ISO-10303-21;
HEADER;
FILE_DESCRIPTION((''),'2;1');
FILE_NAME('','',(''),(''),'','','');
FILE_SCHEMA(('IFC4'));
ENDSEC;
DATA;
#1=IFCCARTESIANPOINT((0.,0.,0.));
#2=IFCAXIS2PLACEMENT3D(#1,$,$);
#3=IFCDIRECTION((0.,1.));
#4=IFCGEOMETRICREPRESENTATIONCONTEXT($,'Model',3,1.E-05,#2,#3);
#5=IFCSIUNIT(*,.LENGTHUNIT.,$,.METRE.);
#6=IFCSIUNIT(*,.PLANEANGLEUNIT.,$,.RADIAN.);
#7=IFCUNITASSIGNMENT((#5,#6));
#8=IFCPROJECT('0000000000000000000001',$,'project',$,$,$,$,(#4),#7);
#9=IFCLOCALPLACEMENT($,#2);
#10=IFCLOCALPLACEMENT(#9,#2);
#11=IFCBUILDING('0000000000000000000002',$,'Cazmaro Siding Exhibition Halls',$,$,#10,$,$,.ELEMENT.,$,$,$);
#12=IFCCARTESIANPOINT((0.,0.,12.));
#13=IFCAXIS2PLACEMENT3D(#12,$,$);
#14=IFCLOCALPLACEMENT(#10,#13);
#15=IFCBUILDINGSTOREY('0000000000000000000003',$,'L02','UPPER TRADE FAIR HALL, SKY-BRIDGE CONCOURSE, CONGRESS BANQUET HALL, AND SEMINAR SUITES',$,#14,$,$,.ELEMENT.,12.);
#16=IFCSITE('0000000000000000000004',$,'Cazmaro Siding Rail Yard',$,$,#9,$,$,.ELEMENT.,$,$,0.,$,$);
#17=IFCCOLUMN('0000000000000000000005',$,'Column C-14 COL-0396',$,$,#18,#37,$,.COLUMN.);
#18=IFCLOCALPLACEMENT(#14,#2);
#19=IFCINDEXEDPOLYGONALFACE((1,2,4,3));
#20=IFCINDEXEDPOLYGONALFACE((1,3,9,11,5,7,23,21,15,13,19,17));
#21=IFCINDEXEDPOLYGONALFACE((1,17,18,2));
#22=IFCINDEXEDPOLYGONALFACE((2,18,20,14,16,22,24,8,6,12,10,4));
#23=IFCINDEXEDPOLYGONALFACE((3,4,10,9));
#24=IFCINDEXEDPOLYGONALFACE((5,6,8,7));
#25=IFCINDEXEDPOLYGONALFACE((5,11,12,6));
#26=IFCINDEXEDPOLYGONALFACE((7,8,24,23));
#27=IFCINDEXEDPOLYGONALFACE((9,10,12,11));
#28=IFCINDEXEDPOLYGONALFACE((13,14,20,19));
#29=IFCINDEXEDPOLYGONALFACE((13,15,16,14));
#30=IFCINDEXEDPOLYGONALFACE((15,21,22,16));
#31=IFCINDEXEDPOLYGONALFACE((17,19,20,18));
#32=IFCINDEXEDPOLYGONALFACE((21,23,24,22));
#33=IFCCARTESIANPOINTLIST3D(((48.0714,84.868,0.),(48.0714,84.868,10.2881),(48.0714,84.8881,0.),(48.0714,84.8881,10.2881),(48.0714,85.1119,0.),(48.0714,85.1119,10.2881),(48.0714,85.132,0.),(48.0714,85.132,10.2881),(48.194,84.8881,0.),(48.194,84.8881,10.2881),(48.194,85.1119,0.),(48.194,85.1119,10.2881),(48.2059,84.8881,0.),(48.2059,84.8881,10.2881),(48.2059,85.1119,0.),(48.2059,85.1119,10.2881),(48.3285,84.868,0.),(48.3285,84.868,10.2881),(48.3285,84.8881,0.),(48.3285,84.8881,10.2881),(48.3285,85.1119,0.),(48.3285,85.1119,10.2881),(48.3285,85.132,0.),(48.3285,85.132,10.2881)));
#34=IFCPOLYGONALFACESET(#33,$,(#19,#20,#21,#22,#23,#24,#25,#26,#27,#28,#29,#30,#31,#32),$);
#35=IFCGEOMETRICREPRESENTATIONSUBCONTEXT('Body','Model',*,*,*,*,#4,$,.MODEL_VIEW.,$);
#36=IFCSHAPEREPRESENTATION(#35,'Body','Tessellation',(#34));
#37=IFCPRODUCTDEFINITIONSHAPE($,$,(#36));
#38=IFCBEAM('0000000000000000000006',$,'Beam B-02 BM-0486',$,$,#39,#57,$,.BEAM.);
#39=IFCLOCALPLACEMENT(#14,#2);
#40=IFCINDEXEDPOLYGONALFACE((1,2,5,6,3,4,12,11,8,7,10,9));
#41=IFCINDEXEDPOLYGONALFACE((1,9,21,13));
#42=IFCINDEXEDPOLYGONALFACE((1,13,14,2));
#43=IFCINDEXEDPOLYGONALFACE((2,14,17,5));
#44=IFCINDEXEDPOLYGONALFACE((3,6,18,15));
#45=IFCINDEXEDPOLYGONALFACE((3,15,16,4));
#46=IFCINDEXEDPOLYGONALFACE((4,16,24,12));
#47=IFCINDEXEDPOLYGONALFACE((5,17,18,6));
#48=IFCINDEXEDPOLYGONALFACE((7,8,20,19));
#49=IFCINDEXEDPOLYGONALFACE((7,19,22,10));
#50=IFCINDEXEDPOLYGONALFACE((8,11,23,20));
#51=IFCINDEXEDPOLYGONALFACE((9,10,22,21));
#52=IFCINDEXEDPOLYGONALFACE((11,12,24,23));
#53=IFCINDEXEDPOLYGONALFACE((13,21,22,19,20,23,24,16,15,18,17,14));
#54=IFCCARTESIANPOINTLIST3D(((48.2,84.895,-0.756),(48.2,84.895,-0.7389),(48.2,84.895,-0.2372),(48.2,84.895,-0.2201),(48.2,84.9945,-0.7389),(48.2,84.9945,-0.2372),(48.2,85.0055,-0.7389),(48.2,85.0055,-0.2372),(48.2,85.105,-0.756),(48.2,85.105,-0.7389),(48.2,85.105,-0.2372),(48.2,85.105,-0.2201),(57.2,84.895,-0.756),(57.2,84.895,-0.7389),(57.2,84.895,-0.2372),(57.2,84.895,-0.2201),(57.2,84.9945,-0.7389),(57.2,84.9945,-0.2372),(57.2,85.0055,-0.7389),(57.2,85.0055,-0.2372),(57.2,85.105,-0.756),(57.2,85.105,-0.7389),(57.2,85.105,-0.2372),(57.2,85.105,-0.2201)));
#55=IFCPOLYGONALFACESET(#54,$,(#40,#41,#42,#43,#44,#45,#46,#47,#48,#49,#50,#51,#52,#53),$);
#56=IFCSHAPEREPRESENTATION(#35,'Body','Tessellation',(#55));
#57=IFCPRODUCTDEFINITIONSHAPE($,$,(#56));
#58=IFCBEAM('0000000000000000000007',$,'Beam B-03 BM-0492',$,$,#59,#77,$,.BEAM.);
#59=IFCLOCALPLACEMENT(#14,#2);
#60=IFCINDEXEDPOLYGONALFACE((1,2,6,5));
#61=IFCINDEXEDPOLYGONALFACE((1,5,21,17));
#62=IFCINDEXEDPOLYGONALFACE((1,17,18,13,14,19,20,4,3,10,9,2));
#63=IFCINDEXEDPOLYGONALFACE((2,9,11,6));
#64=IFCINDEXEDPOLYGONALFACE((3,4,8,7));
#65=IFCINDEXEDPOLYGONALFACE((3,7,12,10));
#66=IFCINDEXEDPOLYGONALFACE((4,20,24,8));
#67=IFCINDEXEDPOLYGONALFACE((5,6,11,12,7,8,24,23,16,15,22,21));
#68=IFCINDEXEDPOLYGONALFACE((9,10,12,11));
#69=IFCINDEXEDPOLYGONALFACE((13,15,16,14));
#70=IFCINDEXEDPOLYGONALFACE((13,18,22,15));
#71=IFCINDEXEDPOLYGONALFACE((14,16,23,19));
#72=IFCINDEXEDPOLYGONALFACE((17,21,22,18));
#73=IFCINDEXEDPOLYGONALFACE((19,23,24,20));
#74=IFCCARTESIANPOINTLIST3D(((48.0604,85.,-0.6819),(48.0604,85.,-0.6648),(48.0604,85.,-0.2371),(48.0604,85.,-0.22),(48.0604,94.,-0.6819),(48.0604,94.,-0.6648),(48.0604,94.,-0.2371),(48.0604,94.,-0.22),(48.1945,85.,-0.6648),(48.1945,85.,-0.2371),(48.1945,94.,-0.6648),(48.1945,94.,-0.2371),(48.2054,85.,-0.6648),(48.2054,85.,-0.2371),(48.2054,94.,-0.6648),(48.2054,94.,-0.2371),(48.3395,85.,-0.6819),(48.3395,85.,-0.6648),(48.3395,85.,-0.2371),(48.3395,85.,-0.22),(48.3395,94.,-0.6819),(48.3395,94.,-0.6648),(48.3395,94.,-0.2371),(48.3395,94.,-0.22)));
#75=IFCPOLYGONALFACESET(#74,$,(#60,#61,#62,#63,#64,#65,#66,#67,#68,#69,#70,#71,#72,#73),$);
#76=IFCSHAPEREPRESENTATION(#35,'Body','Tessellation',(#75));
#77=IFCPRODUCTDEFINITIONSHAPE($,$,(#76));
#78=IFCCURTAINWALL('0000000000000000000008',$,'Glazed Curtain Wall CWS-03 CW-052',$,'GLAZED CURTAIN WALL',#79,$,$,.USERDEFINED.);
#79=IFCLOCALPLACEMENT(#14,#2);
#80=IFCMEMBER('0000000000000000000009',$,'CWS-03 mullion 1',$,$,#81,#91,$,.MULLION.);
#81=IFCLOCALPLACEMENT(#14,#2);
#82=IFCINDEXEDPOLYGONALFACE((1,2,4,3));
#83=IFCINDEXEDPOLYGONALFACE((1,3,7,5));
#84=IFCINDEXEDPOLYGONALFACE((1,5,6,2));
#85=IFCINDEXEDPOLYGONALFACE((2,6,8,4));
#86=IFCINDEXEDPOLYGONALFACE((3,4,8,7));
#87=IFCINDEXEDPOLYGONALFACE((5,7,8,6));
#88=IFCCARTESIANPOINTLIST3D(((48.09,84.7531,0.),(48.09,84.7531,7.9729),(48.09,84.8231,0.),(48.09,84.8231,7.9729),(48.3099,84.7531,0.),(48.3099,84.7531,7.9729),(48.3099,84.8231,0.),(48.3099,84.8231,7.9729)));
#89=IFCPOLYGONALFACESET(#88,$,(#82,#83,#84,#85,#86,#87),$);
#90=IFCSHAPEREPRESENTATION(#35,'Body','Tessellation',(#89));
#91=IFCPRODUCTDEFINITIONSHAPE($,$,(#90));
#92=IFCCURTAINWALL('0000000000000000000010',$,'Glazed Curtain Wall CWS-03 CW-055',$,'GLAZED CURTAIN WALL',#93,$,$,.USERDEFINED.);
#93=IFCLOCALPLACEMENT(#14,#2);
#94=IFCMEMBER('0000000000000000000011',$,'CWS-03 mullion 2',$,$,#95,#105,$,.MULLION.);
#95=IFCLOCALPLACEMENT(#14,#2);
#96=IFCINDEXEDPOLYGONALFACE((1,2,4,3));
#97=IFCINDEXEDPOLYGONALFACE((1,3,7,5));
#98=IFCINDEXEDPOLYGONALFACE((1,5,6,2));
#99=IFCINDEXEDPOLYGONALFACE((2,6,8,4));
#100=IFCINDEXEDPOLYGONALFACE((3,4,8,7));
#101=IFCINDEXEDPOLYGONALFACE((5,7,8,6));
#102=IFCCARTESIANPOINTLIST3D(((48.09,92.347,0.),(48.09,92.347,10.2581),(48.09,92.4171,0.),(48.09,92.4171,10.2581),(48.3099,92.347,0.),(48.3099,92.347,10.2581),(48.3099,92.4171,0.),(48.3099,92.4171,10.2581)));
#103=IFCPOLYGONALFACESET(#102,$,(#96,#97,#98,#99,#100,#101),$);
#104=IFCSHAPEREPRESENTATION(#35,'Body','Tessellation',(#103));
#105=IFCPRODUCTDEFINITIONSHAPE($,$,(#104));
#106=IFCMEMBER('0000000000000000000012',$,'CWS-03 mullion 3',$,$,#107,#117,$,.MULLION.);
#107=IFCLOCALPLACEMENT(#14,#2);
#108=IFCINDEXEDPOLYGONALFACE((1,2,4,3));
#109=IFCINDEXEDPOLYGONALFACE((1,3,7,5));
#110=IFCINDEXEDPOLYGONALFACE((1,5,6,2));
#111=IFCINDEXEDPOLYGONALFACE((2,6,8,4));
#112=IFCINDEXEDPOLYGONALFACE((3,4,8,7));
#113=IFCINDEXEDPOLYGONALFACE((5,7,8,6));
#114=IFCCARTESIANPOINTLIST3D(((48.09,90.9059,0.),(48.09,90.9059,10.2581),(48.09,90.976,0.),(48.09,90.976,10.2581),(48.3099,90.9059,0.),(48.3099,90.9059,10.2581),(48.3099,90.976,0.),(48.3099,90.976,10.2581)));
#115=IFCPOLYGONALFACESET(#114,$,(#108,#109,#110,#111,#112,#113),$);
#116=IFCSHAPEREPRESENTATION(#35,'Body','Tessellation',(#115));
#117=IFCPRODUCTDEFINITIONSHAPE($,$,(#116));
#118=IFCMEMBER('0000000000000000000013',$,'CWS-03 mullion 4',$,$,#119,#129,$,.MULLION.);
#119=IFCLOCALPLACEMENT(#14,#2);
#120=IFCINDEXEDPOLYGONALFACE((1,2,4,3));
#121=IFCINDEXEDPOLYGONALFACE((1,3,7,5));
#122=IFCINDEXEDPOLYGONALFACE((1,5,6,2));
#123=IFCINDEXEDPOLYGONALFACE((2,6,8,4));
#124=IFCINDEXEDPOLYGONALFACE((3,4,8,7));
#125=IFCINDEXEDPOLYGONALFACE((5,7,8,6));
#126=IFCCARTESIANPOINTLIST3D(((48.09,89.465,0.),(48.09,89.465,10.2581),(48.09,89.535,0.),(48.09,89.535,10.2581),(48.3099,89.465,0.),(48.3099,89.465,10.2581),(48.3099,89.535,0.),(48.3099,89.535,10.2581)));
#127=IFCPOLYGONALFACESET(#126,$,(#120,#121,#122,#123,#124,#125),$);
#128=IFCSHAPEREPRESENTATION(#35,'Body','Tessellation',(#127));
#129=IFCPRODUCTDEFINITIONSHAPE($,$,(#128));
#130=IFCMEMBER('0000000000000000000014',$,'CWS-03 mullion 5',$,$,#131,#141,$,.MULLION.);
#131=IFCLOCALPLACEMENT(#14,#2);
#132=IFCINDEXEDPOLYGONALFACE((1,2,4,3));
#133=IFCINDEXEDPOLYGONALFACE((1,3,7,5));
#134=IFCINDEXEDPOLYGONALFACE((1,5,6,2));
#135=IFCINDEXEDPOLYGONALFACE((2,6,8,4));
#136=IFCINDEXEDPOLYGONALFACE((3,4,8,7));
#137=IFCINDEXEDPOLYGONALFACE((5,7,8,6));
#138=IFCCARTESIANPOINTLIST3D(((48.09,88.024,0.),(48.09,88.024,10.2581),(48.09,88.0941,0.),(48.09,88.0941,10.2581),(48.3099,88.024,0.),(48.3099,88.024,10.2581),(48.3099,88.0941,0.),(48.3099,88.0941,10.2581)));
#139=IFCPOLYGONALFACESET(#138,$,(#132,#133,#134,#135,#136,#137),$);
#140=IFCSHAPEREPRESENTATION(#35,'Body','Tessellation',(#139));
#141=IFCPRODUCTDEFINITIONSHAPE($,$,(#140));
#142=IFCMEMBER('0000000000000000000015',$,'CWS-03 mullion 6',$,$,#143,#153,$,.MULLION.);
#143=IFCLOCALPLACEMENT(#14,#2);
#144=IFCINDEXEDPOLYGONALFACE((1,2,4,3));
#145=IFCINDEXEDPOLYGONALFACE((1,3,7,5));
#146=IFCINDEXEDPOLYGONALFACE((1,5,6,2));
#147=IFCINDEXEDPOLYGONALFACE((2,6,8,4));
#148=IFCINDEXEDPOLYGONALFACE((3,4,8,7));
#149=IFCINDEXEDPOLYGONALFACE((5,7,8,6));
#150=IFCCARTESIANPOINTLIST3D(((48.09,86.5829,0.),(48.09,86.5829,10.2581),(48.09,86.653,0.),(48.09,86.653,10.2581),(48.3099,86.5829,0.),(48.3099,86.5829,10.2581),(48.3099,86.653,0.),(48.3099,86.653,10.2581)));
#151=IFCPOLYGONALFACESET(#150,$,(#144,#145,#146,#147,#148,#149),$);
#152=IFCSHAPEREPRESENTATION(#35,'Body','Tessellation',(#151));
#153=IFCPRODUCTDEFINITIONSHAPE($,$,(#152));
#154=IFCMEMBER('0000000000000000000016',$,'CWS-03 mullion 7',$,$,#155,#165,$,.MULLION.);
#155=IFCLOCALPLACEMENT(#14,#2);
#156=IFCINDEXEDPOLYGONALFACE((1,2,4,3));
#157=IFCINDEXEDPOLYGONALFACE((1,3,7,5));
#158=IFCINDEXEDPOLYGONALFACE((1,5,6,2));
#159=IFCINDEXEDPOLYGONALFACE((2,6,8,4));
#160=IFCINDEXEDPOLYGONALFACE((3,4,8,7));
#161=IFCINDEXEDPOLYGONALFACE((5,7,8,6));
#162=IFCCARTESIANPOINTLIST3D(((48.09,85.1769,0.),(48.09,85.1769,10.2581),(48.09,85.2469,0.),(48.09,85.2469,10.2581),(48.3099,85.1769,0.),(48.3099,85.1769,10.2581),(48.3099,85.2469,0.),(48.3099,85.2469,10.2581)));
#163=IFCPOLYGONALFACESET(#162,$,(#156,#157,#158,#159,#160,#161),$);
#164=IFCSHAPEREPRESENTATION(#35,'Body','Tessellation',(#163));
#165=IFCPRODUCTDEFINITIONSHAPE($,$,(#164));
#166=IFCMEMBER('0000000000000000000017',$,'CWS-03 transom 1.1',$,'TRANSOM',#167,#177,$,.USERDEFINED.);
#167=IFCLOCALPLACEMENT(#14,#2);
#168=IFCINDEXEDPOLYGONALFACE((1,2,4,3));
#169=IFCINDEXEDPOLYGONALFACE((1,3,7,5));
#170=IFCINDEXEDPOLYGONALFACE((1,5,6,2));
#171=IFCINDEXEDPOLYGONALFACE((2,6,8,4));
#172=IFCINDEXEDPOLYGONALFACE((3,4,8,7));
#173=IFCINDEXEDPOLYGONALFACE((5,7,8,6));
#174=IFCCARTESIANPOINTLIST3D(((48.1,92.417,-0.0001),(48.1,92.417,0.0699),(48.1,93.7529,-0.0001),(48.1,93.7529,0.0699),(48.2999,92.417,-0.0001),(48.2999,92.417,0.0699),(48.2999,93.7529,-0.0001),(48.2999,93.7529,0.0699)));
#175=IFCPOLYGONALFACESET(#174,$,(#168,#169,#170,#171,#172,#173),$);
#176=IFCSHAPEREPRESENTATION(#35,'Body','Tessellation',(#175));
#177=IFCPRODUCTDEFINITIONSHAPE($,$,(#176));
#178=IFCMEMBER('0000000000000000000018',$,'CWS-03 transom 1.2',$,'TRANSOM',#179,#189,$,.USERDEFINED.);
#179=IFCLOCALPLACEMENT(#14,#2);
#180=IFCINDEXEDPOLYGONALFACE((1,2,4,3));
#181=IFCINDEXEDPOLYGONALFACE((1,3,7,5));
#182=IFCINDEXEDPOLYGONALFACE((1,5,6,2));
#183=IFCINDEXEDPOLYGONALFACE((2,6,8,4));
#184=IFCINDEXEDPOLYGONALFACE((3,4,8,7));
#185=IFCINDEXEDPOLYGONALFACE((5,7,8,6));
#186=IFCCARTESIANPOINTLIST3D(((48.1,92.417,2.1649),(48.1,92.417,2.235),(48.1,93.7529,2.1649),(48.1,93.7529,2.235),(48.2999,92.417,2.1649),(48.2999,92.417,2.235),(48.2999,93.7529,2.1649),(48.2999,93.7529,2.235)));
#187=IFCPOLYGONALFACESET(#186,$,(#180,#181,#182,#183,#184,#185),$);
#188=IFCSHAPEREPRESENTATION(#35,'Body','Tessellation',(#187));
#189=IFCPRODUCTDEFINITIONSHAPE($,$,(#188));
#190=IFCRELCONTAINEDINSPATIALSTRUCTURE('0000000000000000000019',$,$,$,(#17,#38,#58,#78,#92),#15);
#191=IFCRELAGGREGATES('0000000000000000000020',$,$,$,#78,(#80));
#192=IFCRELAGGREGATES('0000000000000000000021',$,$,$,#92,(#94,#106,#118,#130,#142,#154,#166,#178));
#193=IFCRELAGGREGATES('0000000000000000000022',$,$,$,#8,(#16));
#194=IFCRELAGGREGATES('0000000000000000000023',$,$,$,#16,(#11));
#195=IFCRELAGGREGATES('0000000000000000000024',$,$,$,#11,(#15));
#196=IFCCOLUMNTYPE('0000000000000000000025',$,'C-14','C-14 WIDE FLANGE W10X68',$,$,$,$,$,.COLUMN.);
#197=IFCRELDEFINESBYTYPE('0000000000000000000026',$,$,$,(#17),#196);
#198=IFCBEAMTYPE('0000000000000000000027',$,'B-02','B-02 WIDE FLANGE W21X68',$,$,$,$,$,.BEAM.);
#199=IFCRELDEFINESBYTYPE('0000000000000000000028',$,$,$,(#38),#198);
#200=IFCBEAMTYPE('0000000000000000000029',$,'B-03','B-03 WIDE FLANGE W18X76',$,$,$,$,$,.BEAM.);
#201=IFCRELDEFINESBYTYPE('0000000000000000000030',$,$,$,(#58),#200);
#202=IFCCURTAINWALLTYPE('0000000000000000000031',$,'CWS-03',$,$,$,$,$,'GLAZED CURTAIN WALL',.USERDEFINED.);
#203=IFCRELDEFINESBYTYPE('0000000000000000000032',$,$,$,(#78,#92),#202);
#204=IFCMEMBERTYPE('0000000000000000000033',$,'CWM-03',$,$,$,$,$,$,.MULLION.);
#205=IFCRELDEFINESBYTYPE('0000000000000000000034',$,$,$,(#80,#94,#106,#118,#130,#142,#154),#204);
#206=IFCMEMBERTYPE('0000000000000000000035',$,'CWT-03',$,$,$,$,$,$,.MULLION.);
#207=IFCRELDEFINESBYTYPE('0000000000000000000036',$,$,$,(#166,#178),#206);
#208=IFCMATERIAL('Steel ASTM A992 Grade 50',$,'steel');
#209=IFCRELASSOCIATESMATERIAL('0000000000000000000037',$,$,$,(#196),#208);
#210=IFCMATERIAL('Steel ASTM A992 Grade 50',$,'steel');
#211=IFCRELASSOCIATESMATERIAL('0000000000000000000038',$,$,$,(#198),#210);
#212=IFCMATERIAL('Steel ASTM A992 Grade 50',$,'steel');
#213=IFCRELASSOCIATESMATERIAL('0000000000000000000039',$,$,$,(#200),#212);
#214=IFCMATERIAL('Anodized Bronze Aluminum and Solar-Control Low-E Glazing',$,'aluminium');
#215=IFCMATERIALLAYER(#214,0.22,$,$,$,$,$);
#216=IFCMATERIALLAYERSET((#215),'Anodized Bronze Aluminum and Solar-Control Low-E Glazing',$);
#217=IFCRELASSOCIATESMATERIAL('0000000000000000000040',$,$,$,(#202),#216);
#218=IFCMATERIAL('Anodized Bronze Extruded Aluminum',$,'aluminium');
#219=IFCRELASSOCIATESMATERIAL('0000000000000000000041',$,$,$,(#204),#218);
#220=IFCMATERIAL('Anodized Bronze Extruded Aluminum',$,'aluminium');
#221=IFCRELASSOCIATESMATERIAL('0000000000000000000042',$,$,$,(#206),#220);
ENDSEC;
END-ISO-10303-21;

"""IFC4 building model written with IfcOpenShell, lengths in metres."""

from ifc_helpers import new_model, si_unit, direction, frame, origin, origin_2d, place, context, subcontext, project, spatial, rectangle, i_section, extrude, material, layer, layer_set, material_profile, profile_set, type_object, element, aggregate, save


model = new_model("IFC4")

# Units and contexts
model_context = context("Model", 3, precision=1e-05, world=origin(), true_north=direction((0.0, 1.0)))
body_context = subcontext(model_context, "Body", "Model", "MODEL_VIEW")
ifc_project = project(units=[si_unit("LENGTHUNIT", "METRE"), si_unit("PLANEANGLEUNIT", "RADIAN")], contexts=[model_context])

# Site, building, storey
site_placement = place(None, origin())
site = spatial("IfcSite", under=ifc_project, at=site_placement, Name="Cazmaro Siding Rail Yard", CompositionType="ELEMENT", RefElevation=0.0)
building_placement = place(site_placement, origin())
building = spatial("IfcBuilding", under=site, at=building_placement, Name="Cazmaro Siding Exhibition Halls", CompositionType="ELEMENT")
storey_placement = place(building_placement, frame((0.0, 0.0, 12.0)))
storey = spatial("IfcBuildingStorey", under=building, at=storey_placement, Name="L02", Description="UPPER TRADE FAIR HALL, SKY-BRIDGE CONCOURSE, CONGRESS BANQUET HALL, AND SEMINAR SUITES", CompositionType="ELEMENT", Elevation=12.0)

# Column
ifc_material_1 = material(Name="Steel ASTM A992 Grade 50", Category="steel")
ifc_material_profile_1 = material_profile(ifc_material_1, i_section(OverallWidth=0.2571, OverallDepth=0.2639, WebThickness=0.012, FlangeThickness=0.02, at=origin_2d()), Name="W10X68")
ifc_profile_set_1 = profile_set([ifc_material_profile_1], Name="Steel ASTM A992 Grade 50")
column_type = type_object("IfcColumnType", Name="C-14", Description="C-14 WIDE FLANGE W10X68", PredefinedType="COLUMN", material=ifc_profile_set_1)
column_placement = place(storey_placement, frame((48.2, 85.0, 0.0), z_axis=(0.0, 0.0, 1.0), x_axis=(1.0, 0.0, 0.0)))
element("IfcColumn", 1, at=column_placement, inside=storey, type_object=column_type, Name="Column C-14 COL-0396", PredefinedType="COLUMN", context=body_context, shape_type="SweptSolid", body=[
    extrude(i_section(OverallWidth=0.2571, OverallDepth=0.2639, WebThickness=0.012, FlangeThickness=0.02, at=origin_2d()), origin(), (0.0, 0.0, 1.0), 10.2881),
])

# Beams
ifc_material_2 = material(Name="Steel ASTM A992 Grade 50", Category="steel")
ifc_material_profile_2 = material_profile(ifc_material_2, i_section(OverallWidth=0.21, OverallDepth=0.5359, WebThickness=0.011, FlangeThickness=0.0171, at=origin_2d()), Name="W21X68")
ifc_profile_set_2 = profile_set([ifc_material_profile_2], Name="Steel ASTM A992 Grade 50")
beam_type_1 = type_object("IfcBeamType", Name="B-02", Description="B-02 WIDE FLANGE W21X68", PredefinedType="BEAM", material=ifc_profile_set_2)
beam_1_placement = place(storey_placement, frame((48.2, 85.0, -0.488), z_axis=(1.0, 0.0, 0.0), x_axis=(0.0, 1.0, 0.0)))
element("IfcBeam", 2, at=beam_1_placement, inside=storey, type_object=beam_type_1, Name="Beam B-02 BM-0486", PredefinedType="BEAM", context=body_context, shape_type="SweptSolid", body=[
    extrude(i_section(OverallWidth=0.21, OverallDepth=0.5359, WebThickness=0.011, FlangeThickness=0.0171, at=origin_2d()), origin(), (0.0, 0.0, 1.0), 9.0),
])
ifc_material_3 = material(Name="Steel ASTM A992 Grade 50", Category="steel")
ifc_material_profile_3 = material_profile(ifc_material_3, i_section(OverallWidth=0.2791, OverallDepth=0.4619, WebThickness=0.011, FlangeThickness=0.0171, at=origin_2d()), Name="W18X76")
ifc_profile_set_3 = profile_set([ifc_material_profile_3], Name="Steel ASTM A992 Grade 50")
beam_type_2 = type_object("IfcBeamType", Name="B-03", Description="B-03 WIDE FLANGE W18X76", PredefinedType="BEAM", material=ifc_profile_set_3)
beam_2_placement = place(storey_placement, frame((48.2, 85.0, -0.4509), z_axis=(0.0, 1.0, 0.0), x_axis=(-1.0, 0.0, 0.0)))
element("IfcBeam", 3, at=beam_2_placement, inside=storey, type_object=beam_type_2, Name="Beam B-03 BM-0492", PredefinedType="BEAM", context=body_context, shape_type="SweptSolid", body=[
    extrude(i_section(OverallWidth=0.2791, OverallDepth=0.4619, WebThickness=0.011, FlangeThickness=0.0171, at=origin_2d()), origin(), (0.0, 0.0, 1.0), 9.0),
])

# Curtain wall, member
ifc_material_4 = material(Name="Anodized Bronze Aluminum and Solar-Control Low-E Glazing", Category="aluminium")
ifc_layer_1 = layer(ifc_material_4, 0.22)
ifc_layer_set_1 = layer_set([ifc_layer_1], Name="Anodized Bronze Aluminum and Solar-Control Low-E Glazing")
curtain_wall_type = type_object("IfcCurtainWallType", Name="CWS-03", ElementType="GLAZED CURTAIN WALL", PredefinedType="USERDEFINED", material=ifc_layer_set_1)
curtain_wall_1_placement = place(storey_placement, origin())
curtain_wall_1 = element("IfcCurtainWall", 4, at=curtain_wall_1_placement, inside=storey, type_object=curtain_wall_type, Name="Glazed Curtain Wall CWS-03 CW-052", ObjectType="GLAZED CURTAIN WALL", PredefinedType="USERDEFINED")
ifc_material_5 = material(Name="Anodized Bronze Extruded Aluminum", Category="aluminium")
ifc_material_profile_4 = material_profile(ifc_material_5, rectangle(XDim=0.22, YDim=0.0701, at=origin_2d()), Name="CWM-03")
ifc_profile_set_4 = profile_set([ifc_material_profile_4], Name="Anodized Bronze Extruded Aluminum")
member_type_1 = type_object("IfcMemberType", Name="CWM-03", PredefinedType="MULLION", material=ifc_profile_set_4)
member_1_placement = place(storey_placement, frame((48.2, 84.7881, 0.0), z_axis=(0.0, 0.0, 1.0), x_axis=(1.0, 0.0, 0.0)))
member_1 = element("IfcMember", 5, at=member_1_placement, type_object=member_type_1, Name="CWS-03 mullion 1", PredefinedType="MULLION", context=body_context, shape_type="SweptSolid", body=[
    extrude(rectangle(XDim=0.22, YDim=0.0701, at=origin_2d()), origin(), (0.0, 0.0, 1.0), 7.9729),
])
aggregate(curtain_wall_1, [member_1])

# Curtain wall, members
curtain_wall_2_placement = place(storey_placement, origin())
curtain_wall_2 = element("IfcCurtainWall", 6, at=curtain_wall_2_placement, inside=storey, type_object=curtain_wall_type, Name="Glazed Curtain Wall CWS-03 CW-055", ObjectType="GLAZED CURTAIN WALL", PredefinedType="USERDEFINED")
member_2_placement = place(storey_placement, frame((48.2, 92.3821, 0.0), z_axis=(0.0, 0.0, 1.0), x_axis=(1.0, 0.0, 0.0)))
member_2 = element("IfcMember", 7, at=member_2_placement, type_object=member_type_1, Name="CWS-03 mullion 2", PredefinedType="MULLION", context=body_context, shape_type="SweptSolid", body=[
    extrude(rectangle(XDim=0.22, YDim=0.0701, at=origin_2d()), origin(), (0.0, 0.0, 1.0), 10.2581),
])
member_3_placement = place(storey_placement, frame((48.2, 90.9409, 0.0), z_axis=(0.0, 0.0, 1.0), x_axis=(1.0, 0.0, 0.0)))
member_3 = element("IfcMember", 8, at=member_3_placement, type_object=member_type_1, Name="CWS-03 mullion 3", PredefinedType="MULLION", context=body_context, shape_type="SweptSolid", body=[
    extrude(rectangle(XDim=0.22, YDim=0.0701, at=origin_2d()), origin(), (0.0, 0.0, 1.0), 10.2581),
])
member_4_placement = place(storey_placement, frame((48.2, 89.5, 0.0), z_axis=(0.0, 0.0, 1.0), x_axis=(1.0, 0.0, 0.0)))
member_4 = element("IfcMember", 9, at=member_4_placement, type_object=member_type_1, Name="CWS-03 mullion 4", PredefinedType="MULLION", context=body_context, shape_type="SweptSolid", body=[
    extrude(rectangle(XDim=0.22, YDim=0.0701, at=origin_2d()), origin(), (0.0, 0.0, 1.0), 10.2581),
])
member_5_placement = place(storey_placement, frame((48.2, 88.0591, 0.0), z_axis=(0.0, 0.0, 1.0), x_axis=(1.0, 0.0, 0.0)))
member_5 = element("IfcMember", 10, at=member_5_placement, type_object=member_type_1, Name="CWS-03 mullion 5", PredefinedType="MULLION", context=body_context, shape_type="SweptSolid", body=[
    extrude(rectangle(XDim=0.22, YDim=0.0701, at=origin_2d()), origin(), (0.0, 0.0, 1.0), 10.2581),
])
member_6_placement = place(storey_placement, frame((48.2, 86.6179, 0.0), z_axis=(0.0, 0.0, 1.0), x_axis=(1.0, 0.0, 0.0)))
member_6 = element("IfcMember", 11, at=member_6_placement, type_object=member_type_1, Name="CWS-03 mullion 6", PredefinedType="MULLION", context=body_context, shape_type="SweptSolid", body=[
    extrude(rectangle(XDim=0.22, YDim=0.0701, at=origin_2d()), origin(), (0.0, 0.0, 1.0), 10.2581),
])
member_7_placement = place(storey_placement, frame((48.2, 85.2119, 0.0), z_axis=(0.0, 0.0, 1.0), x_axis=(1.0, 0.0, 0.0)))
member_7 = element("IfcMember", 12, at=member_7_placement, type_object=member_type_1, Name="CWS-03 mullion 7", PredefinedType="MULLION", context=body_context, shape_type="SweptSolid", body=[
    extrude(rectangle(XDim=0.22, YDim=0.0701, at=origin_2d()), origin(), (0.0, 0.0, 1.0), 10.2581),
])
ifc_material_6 = material(Name="Anodized Bronze Extruded Aluminum", Category="aluminium")
ifc_material_profile_5 = material_profile(ifc_material_6, rectangle(XDim=0.2, YDim=0.0701, at=origin_2d()), Name="CWT-03")
ifc_profile_set_5 = profile_set([ifc_material_profile_5], Name="Anodized Bronze Extruded Aluminum")
member_type_2 = type_object("IfcMemberType", Name="CWT-03", PredefinedType="MULLION", material=ifc_profile_set_5)
member_8_placement = place(storey_placement, frame((48.2, 93.7529, 0.0349), z_axis=(0.0, -1.0, 0.0), x_axis=(1.0, 0.0, 0.0)))
member_8 = element("IfcMember", 13, at=member_8_placement, type_object=member_type_2, Name="CWS-03 transom 1.1", ObjectType="TRANSOM", PredefinedType="USERDEFINED", context=body_context, shape_type="SweptSolid", body=[
    extrude(rectangle(XDim=0.2, YDim=0.0701, at=origin_2d()), origin(), (0.0, 0.0, 1.0), 1.3359),
])
member_9_placement = place(storey_placement, frame((48.2, 93.7529, 2.2), z_axis=(0.0, -1.0, 0.0), x_axis=(1.0, 0.0, 0.0)))
member_9 = element("IfcMember", 14, at=member_9_placement, type_object=member_type_2, Name="CWS-03 transom 1.2", ObjectType="TRANSOM", PredefinedType="USERDEFINED", context=body_context, shape_type="SweptSolid", body=[
    extrude(rectangle(XDim=0.2, YDim=0.0701, at=origin_2d()), origin(), (0.0, 0.0, 1.0), 1.3359),
])
aggregate(curtain_wall_2, [member_2, member_3, member_4, member_5, member_6, member_7, member_8, member_9])

save(model, "model.ifc")
